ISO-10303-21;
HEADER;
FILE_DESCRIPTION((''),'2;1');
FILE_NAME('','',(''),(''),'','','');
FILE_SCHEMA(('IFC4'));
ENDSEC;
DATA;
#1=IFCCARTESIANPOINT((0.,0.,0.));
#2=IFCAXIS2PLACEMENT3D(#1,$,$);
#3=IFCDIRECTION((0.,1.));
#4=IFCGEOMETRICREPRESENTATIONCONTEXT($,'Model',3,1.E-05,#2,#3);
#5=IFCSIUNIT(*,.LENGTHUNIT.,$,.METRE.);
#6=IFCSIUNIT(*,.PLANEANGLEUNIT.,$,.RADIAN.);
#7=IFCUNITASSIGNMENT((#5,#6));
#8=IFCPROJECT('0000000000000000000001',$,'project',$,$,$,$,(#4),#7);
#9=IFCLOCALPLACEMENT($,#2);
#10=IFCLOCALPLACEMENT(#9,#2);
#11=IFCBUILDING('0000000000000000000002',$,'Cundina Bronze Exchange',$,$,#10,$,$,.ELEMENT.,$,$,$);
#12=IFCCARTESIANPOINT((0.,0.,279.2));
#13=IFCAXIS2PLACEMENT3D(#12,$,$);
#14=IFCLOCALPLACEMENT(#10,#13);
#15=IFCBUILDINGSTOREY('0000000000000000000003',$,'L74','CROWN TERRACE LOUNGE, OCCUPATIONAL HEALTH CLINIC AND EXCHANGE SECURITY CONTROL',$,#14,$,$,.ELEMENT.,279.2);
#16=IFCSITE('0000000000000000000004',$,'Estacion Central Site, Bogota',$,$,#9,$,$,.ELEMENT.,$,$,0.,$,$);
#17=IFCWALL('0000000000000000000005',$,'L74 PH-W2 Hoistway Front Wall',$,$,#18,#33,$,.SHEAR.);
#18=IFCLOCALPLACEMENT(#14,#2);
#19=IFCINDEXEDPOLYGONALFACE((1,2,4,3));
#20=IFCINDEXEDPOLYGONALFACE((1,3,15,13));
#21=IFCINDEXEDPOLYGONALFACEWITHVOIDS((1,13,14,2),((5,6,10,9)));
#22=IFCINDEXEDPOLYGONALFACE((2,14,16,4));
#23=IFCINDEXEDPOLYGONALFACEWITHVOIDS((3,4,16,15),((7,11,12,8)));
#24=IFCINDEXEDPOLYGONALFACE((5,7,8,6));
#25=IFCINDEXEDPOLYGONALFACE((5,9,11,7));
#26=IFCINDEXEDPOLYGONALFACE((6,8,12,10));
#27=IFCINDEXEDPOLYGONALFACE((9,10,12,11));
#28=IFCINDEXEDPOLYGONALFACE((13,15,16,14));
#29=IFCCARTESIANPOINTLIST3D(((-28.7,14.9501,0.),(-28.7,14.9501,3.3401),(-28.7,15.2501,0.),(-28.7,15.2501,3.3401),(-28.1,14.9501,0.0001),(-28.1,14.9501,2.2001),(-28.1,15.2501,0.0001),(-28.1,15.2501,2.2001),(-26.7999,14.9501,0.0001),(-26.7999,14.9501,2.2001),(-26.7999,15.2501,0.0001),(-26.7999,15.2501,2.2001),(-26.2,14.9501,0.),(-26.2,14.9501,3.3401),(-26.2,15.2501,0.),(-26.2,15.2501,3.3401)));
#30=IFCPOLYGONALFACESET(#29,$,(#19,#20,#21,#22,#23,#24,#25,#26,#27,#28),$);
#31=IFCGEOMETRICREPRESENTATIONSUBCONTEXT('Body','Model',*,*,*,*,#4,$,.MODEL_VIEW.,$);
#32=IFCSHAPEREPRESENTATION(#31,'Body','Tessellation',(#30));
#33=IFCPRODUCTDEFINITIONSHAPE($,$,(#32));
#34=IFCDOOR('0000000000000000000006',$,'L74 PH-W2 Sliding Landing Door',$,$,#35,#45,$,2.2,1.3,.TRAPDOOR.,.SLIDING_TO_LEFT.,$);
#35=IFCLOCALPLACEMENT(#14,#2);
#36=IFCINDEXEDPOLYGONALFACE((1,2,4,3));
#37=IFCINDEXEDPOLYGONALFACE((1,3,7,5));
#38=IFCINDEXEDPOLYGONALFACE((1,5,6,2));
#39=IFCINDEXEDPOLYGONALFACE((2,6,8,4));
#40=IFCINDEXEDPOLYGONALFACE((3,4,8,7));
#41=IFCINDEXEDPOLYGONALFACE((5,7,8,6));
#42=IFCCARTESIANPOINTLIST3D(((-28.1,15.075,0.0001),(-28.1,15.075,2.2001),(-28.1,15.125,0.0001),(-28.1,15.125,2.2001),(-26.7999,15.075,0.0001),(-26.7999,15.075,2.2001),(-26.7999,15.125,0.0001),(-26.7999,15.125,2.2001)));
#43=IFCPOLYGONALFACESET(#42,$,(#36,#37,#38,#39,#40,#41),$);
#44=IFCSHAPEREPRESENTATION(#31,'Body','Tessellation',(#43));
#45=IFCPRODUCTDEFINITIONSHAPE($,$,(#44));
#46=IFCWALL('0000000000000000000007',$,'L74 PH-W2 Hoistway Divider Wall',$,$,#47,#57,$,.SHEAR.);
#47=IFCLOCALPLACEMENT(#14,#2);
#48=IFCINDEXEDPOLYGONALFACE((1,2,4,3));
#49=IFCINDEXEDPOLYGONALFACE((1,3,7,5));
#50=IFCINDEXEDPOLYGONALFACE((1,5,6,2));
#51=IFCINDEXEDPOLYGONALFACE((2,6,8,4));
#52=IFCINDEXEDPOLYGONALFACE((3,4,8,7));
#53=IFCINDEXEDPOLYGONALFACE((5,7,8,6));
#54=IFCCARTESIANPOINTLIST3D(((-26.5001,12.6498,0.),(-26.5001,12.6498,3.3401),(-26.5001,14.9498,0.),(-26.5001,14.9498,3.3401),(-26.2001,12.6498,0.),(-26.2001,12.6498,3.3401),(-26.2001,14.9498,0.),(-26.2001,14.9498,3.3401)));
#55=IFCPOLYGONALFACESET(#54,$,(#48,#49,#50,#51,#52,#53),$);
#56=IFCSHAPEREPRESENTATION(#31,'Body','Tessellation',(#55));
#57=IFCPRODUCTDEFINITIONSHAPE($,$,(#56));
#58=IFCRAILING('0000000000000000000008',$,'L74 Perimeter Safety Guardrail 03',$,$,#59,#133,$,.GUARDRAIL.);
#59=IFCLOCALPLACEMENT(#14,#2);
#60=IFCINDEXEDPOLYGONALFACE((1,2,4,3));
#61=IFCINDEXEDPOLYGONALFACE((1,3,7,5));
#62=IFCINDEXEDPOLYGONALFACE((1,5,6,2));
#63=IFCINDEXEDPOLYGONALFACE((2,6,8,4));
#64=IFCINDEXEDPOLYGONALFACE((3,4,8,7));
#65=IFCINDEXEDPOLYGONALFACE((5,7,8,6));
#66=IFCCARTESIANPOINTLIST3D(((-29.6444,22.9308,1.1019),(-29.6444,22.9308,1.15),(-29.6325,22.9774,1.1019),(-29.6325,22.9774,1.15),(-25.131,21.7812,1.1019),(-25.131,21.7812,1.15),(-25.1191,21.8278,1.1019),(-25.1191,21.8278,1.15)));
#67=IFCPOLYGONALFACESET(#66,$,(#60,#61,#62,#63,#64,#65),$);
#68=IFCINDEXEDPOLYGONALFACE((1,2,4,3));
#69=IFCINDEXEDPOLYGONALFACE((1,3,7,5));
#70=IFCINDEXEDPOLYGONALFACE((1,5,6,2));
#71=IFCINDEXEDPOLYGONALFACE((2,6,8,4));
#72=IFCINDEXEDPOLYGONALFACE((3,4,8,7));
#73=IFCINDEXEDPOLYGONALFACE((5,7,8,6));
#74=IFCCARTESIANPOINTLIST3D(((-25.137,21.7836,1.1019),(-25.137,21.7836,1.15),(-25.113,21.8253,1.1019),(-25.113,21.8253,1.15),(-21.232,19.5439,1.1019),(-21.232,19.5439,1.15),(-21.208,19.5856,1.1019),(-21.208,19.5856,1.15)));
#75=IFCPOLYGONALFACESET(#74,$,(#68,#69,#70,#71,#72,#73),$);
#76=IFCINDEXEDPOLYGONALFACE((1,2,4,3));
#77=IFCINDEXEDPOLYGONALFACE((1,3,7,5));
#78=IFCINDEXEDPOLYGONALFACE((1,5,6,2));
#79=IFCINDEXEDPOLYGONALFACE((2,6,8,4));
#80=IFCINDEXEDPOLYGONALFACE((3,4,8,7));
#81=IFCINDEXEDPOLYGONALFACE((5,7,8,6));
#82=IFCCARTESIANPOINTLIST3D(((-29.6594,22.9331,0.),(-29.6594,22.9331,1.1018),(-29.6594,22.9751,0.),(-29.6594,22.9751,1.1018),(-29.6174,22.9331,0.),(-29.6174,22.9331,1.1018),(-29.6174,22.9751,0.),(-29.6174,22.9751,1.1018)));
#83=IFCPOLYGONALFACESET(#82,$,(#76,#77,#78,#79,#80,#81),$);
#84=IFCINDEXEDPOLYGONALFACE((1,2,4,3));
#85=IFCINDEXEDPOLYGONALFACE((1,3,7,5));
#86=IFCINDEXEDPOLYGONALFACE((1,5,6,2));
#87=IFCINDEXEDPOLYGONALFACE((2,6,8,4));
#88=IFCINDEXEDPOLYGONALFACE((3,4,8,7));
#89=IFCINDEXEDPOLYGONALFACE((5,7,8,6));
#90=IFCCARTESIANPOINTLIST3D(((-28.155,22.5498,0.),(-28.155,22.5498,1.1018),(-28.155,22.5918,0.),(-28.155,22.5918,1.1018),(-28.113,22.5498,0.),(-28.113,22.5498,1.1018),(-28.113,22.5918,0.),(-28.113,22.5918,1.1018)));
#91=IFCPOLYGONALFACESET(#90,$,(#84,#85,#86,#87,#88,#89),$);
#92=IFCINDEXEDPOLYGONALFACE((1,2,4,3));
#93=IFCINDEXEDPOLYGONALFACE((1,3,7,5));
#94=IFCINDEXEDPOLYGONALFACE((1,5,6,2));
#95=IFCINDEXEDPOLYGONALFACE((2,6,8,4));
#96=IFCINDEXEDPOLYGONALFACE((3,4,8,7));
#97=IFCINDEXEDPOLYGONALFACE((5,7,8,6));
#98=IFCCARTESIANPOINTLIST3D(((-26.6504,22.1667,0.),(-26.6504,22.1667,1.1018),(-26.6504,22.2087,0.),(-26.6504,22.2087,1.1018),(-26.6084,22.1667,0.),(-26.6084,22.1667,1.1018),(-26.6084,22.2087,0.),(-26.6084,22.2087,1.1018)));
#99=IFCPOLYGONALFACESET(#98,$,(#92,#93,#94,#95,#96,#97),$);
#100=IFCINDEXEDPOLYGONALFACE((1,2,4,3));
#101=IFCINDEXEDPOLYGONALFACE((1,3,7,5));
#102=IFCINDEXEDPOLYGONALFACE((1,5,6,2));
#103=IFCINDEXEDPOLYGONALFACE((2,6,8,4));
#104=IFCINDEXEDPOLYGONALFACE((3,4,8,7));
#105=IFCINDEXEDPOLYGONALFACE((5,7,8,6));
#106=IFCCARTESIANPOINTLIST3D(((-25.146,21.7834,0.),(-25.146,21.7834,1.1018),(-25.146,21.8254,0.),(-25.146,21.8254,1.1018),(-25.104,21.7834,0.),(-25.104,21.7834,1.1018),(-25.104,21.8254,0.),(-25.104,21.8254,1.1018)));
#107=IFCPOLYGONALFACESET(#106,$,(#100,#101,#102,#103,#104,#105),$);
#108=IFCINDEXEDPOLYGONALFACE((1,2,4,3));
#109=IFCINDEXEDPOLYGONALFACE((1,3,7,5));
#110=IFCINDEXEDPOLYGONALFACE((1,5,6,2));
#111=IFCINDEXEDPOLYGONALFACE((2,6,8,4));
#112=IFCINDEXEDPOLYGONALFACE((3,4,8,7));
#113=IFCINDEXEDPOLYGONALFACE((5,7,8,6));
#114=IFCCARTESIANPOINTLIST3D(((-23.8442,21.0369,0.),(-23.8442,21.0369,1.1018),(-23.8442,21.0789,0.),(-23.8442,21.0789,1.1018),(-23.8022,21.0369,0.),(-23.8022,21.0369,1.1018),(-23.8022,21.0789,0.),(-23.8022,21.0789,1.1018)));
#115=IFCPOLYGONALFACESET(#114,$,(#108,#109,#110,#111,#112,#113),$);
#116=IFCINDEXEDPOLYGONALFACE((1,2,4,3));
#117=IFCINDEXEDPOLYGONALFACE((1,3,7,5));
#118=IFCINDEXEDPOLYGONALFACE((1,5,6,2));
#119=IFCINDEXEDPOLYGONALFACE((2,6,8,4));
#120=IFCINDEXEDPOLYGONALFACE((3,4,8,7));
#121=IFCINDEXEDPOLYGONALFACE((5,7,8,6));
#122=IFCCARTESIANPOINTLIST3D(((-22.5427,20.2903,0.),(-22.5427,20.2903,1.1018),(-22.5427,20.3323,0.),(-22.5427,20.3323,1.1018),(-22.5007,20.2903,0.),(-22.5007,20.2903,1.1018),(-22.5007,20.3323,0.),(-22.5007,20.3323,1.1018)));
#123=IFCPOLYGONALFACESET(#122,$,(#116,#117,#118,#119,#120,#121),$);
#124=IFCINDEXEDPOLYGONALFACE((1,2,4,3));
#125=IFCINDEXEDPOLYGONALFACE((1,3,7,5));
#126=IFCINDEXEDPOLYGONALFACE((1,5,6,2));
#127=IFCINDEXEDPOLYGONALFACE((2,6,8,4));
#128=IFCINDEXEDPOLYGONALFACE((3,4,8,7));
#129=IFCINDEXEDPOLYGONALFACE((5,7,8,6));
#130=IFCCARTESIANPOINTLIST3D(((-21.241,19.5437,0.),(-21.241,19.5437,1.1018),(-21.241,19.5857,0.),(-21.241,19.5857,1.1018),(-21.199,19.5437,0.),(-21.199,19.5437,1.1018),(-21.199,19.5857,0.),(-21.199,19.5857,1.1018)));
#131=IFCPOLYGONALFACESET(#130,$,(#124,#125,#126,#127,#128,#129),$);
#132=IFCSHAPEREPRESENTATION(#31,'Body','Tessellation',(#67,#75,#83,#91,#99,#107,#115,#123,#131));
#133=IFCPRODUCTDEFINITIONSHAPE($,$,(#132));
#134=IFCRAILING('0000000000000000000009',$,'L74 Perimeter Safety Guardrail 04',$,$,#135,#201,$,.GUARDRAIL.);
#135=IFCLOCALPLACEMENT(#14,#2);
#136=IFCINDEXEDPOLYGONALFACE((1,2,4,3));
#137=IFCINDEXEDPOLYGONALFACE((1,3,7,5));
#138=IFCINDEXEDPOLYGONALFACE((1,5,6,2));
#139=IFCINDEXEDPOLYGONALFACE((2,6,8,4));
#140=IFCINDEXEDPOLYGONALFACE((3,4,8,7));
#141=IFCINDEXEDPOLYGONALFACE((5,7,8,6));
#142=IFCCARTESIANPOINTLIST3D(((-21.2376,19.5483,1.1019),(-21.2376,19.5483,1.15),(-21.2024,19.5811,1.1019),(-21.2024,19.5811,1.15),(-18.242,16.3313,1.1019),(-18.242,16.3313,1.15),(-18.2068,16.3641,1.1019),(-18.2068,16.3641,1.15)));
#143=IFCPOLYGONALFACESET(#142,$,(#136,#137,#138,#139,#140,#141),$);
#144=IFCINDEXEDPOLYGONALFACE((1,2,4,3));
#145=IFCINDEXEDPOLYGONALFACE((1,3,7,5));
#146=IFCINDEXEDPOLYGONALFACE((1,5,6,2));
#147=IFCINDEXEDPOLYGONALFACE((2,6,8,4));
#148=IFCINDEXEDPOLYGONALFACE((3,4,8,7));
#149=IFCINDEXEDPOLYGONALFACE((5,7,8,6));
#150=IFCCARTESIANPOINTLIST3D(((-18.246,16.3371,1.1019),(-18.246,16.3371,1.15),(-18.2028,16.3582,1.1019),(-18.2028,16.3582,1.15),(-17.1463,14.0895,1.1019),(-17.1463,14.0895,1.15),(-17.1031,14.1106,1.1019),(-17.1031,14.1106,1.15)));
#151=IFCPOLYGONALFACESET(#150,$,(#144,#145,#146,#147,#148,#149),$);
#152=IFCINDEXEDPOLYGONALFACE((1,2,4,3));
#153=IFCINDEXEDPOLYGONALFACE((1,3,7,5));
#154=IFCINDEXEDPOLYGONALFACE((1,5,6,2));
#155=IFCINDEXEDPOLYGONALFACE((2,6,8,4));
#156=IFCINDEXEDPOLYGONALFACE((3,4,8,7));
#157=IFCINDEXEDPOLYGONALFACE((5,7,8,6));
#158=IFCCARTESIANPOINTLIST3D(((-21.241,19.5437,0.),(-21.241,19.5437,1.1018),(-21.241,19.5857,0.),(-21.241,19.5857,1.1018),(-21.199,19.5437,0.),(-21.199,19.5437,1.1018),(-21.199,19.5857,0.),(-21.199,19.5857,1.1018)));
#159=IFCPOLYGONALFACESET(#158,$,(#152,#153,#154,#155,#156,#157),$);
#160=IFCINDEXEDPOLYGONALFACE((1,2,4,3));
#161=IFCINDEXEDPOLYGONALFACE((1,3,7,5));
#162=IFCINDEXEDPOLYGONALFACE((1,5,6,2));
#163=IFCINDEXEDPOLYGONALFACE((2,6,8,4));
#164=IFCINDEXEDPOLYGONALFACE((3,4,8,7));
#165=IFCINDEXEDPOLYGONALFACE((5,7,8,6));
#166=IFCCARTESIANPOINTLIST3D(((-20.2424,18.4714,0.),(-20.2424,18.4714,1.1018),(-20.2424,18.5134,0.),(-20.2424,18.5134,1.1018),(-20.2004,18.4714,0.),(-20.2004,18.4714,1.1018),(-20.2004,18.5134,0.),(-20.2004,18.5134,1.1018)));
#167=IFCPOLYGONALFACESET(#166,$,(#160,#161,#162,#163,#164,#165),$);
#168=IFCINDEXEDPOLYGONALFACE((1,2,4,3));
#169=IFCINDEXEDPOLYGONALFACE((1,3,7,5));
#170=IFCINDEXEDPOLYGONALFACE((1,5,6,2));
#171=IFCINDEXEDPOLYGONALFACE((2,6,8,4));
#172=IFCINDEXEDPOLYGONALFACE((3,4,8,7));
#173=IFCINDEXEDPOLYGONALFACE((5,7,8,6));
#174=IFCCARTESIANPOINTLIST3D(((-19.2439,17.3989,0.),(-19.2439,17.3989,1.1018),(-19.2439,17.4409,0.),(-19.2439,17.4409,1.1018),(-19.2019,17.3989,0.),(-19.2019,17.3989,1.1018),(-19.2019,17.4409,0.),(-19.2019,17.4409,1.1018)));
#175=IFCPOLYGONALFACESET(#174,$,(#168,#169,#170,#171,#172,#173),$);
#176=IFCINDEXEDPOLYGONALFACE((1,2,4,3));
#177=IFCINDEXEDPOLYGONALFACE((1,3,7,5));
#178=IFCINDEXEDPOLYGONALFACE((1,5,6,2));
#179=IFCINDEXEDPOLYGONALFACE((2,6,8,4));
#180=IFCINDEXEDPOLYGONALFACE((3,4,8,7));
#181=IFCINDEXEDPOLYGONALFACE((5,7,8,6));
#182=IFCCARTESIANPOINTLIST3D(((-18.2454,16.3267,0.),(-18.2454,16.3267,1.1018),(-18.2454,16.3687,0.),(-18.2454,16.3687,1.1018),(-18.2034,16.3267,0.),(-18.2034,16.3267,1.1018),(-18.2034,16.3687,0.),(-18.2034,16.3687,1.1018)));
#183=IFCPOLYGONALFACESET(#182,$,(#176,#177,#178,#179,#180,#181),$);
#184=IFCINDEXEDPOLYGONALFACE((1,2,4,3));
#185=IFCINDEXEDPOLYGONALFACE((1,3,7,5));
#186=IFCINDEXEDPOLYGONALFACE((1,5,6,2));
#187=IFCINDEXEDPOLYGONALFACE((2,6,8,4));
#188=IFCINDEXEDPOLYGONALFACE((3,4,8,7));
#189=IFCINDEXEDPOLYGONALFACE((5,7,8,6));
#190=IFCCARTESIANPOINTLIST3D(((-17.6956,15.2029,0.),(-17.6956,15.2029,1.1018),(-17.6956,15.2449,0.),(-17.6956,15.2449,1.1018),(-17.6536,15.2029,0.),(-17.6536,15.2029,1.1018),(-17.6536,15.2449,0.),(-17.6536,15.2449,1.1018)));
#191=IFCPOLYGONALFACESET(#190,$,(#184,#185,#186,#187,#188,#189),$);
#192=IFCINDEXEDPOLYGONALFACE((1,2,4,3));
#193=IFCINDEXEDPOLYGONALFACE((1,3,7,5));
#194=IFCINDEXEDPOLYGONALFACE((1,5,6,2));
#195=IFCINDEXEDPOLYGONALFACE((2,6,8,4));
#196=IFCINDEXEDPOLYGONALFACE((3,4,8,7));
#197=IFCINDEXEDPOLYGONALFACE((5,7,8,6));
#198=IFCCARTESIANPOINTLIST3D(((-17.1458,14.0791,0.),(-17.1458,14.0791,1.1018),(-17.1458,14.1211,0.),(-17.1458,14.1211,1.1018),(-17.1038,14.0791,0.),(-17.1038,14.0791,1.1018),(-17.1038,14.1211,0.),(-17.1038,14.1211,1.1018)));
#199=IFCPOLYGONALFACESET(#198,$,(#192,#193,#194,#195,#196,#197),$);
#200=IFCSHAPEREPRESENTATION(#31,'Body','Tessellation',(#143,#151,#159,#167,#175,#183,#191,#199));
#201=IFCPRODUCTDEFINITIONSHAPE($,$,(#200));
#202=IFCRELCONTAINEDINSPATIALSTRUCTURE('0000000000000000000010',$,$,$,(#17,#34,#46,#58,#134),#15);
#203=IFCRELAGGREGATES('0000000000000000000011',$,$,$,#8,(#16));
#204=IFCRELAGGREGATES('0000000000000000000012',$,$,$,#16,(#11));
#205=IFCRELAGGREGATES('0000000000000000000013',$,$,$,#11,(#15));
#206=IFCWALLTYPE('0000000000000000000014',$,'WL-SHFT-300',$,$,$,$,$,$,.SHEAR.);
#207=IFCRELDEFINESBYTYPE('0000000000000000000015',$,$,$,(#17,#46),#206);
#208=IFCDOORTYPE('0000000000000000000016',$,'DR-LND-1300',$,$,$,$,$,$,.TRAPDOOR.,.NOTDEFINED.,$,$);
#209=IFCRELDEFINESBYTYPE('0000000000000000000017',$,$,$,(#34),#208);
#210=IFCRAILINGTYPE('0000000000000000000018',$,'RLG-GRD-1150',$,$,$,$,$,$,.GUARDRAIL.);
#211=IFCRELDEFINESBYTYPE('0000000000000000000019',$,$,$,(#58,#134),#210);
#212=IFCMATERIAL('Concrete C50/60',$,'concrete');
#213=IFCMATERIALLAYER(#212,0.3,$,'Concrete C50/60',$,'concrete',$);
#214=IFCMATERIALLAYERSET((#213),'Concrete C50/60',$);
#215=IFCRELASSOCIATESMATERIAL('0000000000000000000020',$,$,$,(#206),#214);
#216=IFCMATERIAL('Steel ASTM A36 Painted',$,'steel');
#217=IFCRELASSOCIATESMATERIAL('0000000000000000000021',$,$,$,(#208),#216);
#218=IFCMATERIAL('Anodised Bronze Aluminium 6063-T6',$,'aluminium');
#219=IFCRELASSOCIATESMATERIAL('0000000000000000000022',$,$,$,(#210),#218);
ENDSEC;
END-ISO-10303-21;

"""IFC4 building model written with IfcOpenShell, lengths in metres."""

from ifc_helpers import new_model, si_unit, direction, frame, frame_2d, origin, origin_2d, place, context, subcontext, project, spatial, rectangle, extrude, material, layer, layer_set, type_object, element, fill, save


model = new_model("IFC4")

# Units and contexts
model_context = context("Model", 3, precision=1e-05, world=origin(), true_north=direction((0.0, 1.0)))
body_context = subcontext(model_context, "Body", "Model", "MODEL_VIEW")
ifc_project = project(units=[si_unit("LENGTHUNIT", "METRE"), si_unit("PLANEANGLEUNIT", "RADIAN")], contexts=[model_context])

# Site, building, storey
site_placement = place(None, origin())
site = spatial("IfcSite", under=ifc_project, at=site_placement, Name="Estacion Central Site, Bogota", CompositionType="ELEMENT", RefElevation=0.0)
building_placement = place(site_placement, origin())
building = spatial("IfcBuilding", under=site, at=building_placement, Name="Cundina Bronze Exchange", CompositionType="ELEMENT")
storey_placement = place(building_placement, frame((0.0, 0.0, 279.2)))
storey = spatial("IfcBuildingStorey", under=building, at=storey_placement, Name="L74", Description="CROWN TERRACE LOUNGE, OCCUPATIONAL HEALTH CLINIC AND EXCHANGE SECURITY CONTROL", CompositionType="ELEMENT", Elevation=279.2)

# Shared definitions
ifc_material_1 = material(Name="Anodised Bronze Aluminium 6063-T6", Category="aluminium")

# Shared definitions
ifc_material_2 = material(Name="Concrete C50/60", Category="concrete")
ifc_layer_1 = layer(ifc_material_2, 0.3, Name="Concrete C50/60", Category="concrete")
ifc_layer_set_1 = layer_set([ifc_layer_1], Name="Concrete C50/60")
wall_type_1 = type_object("IfcWallType", Name="WL-SHFT-300", PredefinedType="SHEAR", material=ifc_layer_set_1)
ifc_material_3 = material(Name="Steel ASTM A36 Painted", Category="steel")

# Wall, opening, door
wall_1_placement = place(storey_placement, frame((-28.7, 15.1001, 0.0), z_axis=(0.0, 0.0, 1.0), x_axis=(1.0, 0.0, 0.0)))
wall_1 = element("IfcWall", 1, at=wall_1_placement, inside=storey, type_object=wall_type_1, Name="L74 PH-W2 Hoistway Front Wall", PredefinedType="SHEAR", context=body_context, shape_type="SweptSolid", body=[
    extrude(rectangle(XDim=2.5, YDim=0.3, at=frame_2d((1.25, 0.0))), origin(), (0.0, 0.0, 1.0), 3.3401),
])
opening_1_placement = place(wall_1_placement, frame((0.6001, 0.0, 0.0)))
opening_1 = element("IfcOpeningElement", 2, at=opening_1_placement, cuts=wall_1, PredefinedType="OPENING", context=body_context, shape_type="SweptSolid", body=[
    extrude(rectangle(XDim=1.3, YDim=2.2, at=frame_2d((0.6499, 1.1001))), frame((0.0, 0.1599, 0.0), z_axis=(0.0, -1.0, 0.0), x_axis=(1.0, 0.0, 0.0)), (0.0, 0.0, 1.0), 0.3201),
])
door_type_1 = type_object("IfcDoorType", Name="DR-LND-1300", OperationType="NOTDEFINED", PredefinedType="TRAPDOOR", material=ifc_material_3)
door_1_placement = place(opening_1_placement, origin())
door_1 = element("IfcDoor", 3, at=door_1_placement, inside=storey, type_object=door_type_1, Name="L74 PH-W2 Sliding Landing Door", OperationType="SLIDING_TO_LEFT", OverallHeight=2.2, OverallWidth=1.3, PredefinedType="TRAPDOOR", context=body_context, shape_type="SweptSolid", body=[
    extrude(rectangle(XDim=1.3, YDim=2.2, at=frame_2d((0.6499, 1.1001))), frame((0.0, 0.0249, 0.0), z_axis=(0.0, -1.0, 0.0), x_axis=(1.0, 0.0, 0.0)), (0.0, 0.0, 1.0), 0.05),
])
fill(opening_1, door_1)

# Wall
wall_2_placement = place(storey_placement, frame((-26.3501, 12.6499, 0.0), z_axis=(0.0, 0.0, 1.0), x_axis=(0.0, 1.0, 0.0)))
element("IfcWall", 4, at=wall_2_placement, inside=storey, type_object=wall_type_1, Name="L74 PH-W2 Hoistway Divider Wall", PredefinedType="SHEAR", context=body_context, shape_type="SweptSolid", body=[
    extrude(rectangle(XDim=2.3, YDim=0.3, at=frame_2d((1.1499, 0.0))), origin(), (0.0, 0.0, 1.0), 3.3401),
])

# Railings
railing_type = type_object("IfcRailingType", Name="RLG-GRD-1150", PredefinedType="GUARDRAIL", material=ifc_material_1)
railing_1_placement = place(storey_placement, frame((-29.6384, 22.9541, 0.0)))
element("IfcRailing", 5, at=railing_1_placement, inside=storey, type_object=railing_type, Name="L74 Perimeter Safety Guardrail 03", PredefinedType="GUARDRAIL", context=body_context, shape_type="SweptSolid", body=[
    extrude(rectangle(XDim=0.0481, YDim=0.0481, at=origin_2d()), frame((0.0, 0.0, 1.126), z_axis=(0.969057, -0.246838, 0.0), x_axis=(0.246838, 0.969057, 0.0)), (0.0, 0.0, 1.0), 4.6575),
    extrude(rectangle(XDim=0.0481, YDim=0.0481, at=origin_2d()), frame((4.5134, -1.1497, 1.126), z_axis=(0.867448, -0.497528, 0.0), x_axis=(0.497528, 0.867448, 0.0)), (0.0, 0.0, 1.0), 4.5017),
    extrude(rectangle(XDim=0.042, YDim=0.042, at=origin_2d()), origin(), (0.0, 0.0, 1.0), 1.1018),
    extrude(rectangle(XDim=0.042, YDim=0.042, at=origin_2d()), frame((1.5044, -0.3833, 0.0)), (0.0, 0.0, 1.0), 1.1018),
    extrude(rectangle(XDim=0.042, YDim=0.042, at=origin_2d()), frame((3.009, -0.7664, 0.0)), (0.0, 0.0, 1.0), 1.1018),
    extrude(rectangle(XDim=0.042, YDim=0.042, at=origin_2d()), frame((4.5134, -1.1497, 0.0)), (0.0, 0.0, 1.0), 1.1018),
    extrude(rectangle(XDim=0.042, YDim=0.042, at=origin_2d()), frame((5.8152, -1.8962, 0.0)), (0.0, 0.0, 1.0), 1.1018),
    extrude(rectangle(XDim=0.042, YDim=0.042, at=origin_2d()), frame((7.1167, -2.6428, 0.0)), (0.0, 0.0, 1.0), 1.1018),
    extrude(rectangle(XDim=0.042, YDim=0.042, at=origin_2d()), frame((8.4185, -3.3894, 0.0)), (0.0, 0.0, 1.0), 1.1018),
])
railing_2_placement = place(storey_placement, frame((-21.22, 19.5647, 0.0)))
element("IfcRailing", 6, at=railing_2_placement, inside=storey, type_object=railing_type, Name="L74 Perimeter Safety Guardrail 04", PredefinedType="GUARDRAIL", context=body_context, shape_type="SweptSolid", body=[
    extrude(rectangle(XDim=0.0481, YDim=0.0481, at=origin_2d()), frame((0.0, 0.0, 1.126), z_axis=(0.681471, -0.731845, 0.0), x_axis=(0.731845, 0.681471, 0.0)), (0.0, 0.0, 1.0), 4.3958),
    extrude(rectangle(XDim=0.0481, YDim=0.0481, at=origin_2d()), frame((2.9956, -3.217, 1.126), z_axis=(0.439469, -0.898258, 0.0), x_axis=(0.898258, 0.439469, 0.0)), (0.0, 0.0, 1.0), 2.5022),
    extrude(rectangle(XDim=0.042, YDim=0.042, at=origin_2d()), origin(), (0.0, 0.0, 1.0), 1.1018),
    extrude(rectangle(XDim=0.042, YDim=0.042, at=origin_2d()), frame((0.9985, -1.0723, 0.0)), (0.0, 0.0, 1.0), 1.1018),
    extrude(rectangle(XDim=0.042, YDim=0.042, at=origin_2d()), frame((1.9971, -2.1448, 0.0)), (0.0, 0.0, 1.0), 1.1018),
    extrude(rectangle(XDim=0.042, YDim=0.042, at=origin_2d()), frame((2.9956, -3.217, 0.0)), (0.0, 0.0, 1.0), 1.1018),
    extrude(rectangle(XDim=0.042, YDim=0.042, at=origin_2d()), frame((3.5454, -4.3408, 0.0)), (0.0, 0.0, 1.0), 1.1018),
    extrude(rectangle(XDim=0.042, YDim=0.042, at=origin_2d()), frame((4.0952, -5.4646, 0.0)), (0.0, 0.0, 1.0), 1.1018),
])

save(model, "model.ifc")
